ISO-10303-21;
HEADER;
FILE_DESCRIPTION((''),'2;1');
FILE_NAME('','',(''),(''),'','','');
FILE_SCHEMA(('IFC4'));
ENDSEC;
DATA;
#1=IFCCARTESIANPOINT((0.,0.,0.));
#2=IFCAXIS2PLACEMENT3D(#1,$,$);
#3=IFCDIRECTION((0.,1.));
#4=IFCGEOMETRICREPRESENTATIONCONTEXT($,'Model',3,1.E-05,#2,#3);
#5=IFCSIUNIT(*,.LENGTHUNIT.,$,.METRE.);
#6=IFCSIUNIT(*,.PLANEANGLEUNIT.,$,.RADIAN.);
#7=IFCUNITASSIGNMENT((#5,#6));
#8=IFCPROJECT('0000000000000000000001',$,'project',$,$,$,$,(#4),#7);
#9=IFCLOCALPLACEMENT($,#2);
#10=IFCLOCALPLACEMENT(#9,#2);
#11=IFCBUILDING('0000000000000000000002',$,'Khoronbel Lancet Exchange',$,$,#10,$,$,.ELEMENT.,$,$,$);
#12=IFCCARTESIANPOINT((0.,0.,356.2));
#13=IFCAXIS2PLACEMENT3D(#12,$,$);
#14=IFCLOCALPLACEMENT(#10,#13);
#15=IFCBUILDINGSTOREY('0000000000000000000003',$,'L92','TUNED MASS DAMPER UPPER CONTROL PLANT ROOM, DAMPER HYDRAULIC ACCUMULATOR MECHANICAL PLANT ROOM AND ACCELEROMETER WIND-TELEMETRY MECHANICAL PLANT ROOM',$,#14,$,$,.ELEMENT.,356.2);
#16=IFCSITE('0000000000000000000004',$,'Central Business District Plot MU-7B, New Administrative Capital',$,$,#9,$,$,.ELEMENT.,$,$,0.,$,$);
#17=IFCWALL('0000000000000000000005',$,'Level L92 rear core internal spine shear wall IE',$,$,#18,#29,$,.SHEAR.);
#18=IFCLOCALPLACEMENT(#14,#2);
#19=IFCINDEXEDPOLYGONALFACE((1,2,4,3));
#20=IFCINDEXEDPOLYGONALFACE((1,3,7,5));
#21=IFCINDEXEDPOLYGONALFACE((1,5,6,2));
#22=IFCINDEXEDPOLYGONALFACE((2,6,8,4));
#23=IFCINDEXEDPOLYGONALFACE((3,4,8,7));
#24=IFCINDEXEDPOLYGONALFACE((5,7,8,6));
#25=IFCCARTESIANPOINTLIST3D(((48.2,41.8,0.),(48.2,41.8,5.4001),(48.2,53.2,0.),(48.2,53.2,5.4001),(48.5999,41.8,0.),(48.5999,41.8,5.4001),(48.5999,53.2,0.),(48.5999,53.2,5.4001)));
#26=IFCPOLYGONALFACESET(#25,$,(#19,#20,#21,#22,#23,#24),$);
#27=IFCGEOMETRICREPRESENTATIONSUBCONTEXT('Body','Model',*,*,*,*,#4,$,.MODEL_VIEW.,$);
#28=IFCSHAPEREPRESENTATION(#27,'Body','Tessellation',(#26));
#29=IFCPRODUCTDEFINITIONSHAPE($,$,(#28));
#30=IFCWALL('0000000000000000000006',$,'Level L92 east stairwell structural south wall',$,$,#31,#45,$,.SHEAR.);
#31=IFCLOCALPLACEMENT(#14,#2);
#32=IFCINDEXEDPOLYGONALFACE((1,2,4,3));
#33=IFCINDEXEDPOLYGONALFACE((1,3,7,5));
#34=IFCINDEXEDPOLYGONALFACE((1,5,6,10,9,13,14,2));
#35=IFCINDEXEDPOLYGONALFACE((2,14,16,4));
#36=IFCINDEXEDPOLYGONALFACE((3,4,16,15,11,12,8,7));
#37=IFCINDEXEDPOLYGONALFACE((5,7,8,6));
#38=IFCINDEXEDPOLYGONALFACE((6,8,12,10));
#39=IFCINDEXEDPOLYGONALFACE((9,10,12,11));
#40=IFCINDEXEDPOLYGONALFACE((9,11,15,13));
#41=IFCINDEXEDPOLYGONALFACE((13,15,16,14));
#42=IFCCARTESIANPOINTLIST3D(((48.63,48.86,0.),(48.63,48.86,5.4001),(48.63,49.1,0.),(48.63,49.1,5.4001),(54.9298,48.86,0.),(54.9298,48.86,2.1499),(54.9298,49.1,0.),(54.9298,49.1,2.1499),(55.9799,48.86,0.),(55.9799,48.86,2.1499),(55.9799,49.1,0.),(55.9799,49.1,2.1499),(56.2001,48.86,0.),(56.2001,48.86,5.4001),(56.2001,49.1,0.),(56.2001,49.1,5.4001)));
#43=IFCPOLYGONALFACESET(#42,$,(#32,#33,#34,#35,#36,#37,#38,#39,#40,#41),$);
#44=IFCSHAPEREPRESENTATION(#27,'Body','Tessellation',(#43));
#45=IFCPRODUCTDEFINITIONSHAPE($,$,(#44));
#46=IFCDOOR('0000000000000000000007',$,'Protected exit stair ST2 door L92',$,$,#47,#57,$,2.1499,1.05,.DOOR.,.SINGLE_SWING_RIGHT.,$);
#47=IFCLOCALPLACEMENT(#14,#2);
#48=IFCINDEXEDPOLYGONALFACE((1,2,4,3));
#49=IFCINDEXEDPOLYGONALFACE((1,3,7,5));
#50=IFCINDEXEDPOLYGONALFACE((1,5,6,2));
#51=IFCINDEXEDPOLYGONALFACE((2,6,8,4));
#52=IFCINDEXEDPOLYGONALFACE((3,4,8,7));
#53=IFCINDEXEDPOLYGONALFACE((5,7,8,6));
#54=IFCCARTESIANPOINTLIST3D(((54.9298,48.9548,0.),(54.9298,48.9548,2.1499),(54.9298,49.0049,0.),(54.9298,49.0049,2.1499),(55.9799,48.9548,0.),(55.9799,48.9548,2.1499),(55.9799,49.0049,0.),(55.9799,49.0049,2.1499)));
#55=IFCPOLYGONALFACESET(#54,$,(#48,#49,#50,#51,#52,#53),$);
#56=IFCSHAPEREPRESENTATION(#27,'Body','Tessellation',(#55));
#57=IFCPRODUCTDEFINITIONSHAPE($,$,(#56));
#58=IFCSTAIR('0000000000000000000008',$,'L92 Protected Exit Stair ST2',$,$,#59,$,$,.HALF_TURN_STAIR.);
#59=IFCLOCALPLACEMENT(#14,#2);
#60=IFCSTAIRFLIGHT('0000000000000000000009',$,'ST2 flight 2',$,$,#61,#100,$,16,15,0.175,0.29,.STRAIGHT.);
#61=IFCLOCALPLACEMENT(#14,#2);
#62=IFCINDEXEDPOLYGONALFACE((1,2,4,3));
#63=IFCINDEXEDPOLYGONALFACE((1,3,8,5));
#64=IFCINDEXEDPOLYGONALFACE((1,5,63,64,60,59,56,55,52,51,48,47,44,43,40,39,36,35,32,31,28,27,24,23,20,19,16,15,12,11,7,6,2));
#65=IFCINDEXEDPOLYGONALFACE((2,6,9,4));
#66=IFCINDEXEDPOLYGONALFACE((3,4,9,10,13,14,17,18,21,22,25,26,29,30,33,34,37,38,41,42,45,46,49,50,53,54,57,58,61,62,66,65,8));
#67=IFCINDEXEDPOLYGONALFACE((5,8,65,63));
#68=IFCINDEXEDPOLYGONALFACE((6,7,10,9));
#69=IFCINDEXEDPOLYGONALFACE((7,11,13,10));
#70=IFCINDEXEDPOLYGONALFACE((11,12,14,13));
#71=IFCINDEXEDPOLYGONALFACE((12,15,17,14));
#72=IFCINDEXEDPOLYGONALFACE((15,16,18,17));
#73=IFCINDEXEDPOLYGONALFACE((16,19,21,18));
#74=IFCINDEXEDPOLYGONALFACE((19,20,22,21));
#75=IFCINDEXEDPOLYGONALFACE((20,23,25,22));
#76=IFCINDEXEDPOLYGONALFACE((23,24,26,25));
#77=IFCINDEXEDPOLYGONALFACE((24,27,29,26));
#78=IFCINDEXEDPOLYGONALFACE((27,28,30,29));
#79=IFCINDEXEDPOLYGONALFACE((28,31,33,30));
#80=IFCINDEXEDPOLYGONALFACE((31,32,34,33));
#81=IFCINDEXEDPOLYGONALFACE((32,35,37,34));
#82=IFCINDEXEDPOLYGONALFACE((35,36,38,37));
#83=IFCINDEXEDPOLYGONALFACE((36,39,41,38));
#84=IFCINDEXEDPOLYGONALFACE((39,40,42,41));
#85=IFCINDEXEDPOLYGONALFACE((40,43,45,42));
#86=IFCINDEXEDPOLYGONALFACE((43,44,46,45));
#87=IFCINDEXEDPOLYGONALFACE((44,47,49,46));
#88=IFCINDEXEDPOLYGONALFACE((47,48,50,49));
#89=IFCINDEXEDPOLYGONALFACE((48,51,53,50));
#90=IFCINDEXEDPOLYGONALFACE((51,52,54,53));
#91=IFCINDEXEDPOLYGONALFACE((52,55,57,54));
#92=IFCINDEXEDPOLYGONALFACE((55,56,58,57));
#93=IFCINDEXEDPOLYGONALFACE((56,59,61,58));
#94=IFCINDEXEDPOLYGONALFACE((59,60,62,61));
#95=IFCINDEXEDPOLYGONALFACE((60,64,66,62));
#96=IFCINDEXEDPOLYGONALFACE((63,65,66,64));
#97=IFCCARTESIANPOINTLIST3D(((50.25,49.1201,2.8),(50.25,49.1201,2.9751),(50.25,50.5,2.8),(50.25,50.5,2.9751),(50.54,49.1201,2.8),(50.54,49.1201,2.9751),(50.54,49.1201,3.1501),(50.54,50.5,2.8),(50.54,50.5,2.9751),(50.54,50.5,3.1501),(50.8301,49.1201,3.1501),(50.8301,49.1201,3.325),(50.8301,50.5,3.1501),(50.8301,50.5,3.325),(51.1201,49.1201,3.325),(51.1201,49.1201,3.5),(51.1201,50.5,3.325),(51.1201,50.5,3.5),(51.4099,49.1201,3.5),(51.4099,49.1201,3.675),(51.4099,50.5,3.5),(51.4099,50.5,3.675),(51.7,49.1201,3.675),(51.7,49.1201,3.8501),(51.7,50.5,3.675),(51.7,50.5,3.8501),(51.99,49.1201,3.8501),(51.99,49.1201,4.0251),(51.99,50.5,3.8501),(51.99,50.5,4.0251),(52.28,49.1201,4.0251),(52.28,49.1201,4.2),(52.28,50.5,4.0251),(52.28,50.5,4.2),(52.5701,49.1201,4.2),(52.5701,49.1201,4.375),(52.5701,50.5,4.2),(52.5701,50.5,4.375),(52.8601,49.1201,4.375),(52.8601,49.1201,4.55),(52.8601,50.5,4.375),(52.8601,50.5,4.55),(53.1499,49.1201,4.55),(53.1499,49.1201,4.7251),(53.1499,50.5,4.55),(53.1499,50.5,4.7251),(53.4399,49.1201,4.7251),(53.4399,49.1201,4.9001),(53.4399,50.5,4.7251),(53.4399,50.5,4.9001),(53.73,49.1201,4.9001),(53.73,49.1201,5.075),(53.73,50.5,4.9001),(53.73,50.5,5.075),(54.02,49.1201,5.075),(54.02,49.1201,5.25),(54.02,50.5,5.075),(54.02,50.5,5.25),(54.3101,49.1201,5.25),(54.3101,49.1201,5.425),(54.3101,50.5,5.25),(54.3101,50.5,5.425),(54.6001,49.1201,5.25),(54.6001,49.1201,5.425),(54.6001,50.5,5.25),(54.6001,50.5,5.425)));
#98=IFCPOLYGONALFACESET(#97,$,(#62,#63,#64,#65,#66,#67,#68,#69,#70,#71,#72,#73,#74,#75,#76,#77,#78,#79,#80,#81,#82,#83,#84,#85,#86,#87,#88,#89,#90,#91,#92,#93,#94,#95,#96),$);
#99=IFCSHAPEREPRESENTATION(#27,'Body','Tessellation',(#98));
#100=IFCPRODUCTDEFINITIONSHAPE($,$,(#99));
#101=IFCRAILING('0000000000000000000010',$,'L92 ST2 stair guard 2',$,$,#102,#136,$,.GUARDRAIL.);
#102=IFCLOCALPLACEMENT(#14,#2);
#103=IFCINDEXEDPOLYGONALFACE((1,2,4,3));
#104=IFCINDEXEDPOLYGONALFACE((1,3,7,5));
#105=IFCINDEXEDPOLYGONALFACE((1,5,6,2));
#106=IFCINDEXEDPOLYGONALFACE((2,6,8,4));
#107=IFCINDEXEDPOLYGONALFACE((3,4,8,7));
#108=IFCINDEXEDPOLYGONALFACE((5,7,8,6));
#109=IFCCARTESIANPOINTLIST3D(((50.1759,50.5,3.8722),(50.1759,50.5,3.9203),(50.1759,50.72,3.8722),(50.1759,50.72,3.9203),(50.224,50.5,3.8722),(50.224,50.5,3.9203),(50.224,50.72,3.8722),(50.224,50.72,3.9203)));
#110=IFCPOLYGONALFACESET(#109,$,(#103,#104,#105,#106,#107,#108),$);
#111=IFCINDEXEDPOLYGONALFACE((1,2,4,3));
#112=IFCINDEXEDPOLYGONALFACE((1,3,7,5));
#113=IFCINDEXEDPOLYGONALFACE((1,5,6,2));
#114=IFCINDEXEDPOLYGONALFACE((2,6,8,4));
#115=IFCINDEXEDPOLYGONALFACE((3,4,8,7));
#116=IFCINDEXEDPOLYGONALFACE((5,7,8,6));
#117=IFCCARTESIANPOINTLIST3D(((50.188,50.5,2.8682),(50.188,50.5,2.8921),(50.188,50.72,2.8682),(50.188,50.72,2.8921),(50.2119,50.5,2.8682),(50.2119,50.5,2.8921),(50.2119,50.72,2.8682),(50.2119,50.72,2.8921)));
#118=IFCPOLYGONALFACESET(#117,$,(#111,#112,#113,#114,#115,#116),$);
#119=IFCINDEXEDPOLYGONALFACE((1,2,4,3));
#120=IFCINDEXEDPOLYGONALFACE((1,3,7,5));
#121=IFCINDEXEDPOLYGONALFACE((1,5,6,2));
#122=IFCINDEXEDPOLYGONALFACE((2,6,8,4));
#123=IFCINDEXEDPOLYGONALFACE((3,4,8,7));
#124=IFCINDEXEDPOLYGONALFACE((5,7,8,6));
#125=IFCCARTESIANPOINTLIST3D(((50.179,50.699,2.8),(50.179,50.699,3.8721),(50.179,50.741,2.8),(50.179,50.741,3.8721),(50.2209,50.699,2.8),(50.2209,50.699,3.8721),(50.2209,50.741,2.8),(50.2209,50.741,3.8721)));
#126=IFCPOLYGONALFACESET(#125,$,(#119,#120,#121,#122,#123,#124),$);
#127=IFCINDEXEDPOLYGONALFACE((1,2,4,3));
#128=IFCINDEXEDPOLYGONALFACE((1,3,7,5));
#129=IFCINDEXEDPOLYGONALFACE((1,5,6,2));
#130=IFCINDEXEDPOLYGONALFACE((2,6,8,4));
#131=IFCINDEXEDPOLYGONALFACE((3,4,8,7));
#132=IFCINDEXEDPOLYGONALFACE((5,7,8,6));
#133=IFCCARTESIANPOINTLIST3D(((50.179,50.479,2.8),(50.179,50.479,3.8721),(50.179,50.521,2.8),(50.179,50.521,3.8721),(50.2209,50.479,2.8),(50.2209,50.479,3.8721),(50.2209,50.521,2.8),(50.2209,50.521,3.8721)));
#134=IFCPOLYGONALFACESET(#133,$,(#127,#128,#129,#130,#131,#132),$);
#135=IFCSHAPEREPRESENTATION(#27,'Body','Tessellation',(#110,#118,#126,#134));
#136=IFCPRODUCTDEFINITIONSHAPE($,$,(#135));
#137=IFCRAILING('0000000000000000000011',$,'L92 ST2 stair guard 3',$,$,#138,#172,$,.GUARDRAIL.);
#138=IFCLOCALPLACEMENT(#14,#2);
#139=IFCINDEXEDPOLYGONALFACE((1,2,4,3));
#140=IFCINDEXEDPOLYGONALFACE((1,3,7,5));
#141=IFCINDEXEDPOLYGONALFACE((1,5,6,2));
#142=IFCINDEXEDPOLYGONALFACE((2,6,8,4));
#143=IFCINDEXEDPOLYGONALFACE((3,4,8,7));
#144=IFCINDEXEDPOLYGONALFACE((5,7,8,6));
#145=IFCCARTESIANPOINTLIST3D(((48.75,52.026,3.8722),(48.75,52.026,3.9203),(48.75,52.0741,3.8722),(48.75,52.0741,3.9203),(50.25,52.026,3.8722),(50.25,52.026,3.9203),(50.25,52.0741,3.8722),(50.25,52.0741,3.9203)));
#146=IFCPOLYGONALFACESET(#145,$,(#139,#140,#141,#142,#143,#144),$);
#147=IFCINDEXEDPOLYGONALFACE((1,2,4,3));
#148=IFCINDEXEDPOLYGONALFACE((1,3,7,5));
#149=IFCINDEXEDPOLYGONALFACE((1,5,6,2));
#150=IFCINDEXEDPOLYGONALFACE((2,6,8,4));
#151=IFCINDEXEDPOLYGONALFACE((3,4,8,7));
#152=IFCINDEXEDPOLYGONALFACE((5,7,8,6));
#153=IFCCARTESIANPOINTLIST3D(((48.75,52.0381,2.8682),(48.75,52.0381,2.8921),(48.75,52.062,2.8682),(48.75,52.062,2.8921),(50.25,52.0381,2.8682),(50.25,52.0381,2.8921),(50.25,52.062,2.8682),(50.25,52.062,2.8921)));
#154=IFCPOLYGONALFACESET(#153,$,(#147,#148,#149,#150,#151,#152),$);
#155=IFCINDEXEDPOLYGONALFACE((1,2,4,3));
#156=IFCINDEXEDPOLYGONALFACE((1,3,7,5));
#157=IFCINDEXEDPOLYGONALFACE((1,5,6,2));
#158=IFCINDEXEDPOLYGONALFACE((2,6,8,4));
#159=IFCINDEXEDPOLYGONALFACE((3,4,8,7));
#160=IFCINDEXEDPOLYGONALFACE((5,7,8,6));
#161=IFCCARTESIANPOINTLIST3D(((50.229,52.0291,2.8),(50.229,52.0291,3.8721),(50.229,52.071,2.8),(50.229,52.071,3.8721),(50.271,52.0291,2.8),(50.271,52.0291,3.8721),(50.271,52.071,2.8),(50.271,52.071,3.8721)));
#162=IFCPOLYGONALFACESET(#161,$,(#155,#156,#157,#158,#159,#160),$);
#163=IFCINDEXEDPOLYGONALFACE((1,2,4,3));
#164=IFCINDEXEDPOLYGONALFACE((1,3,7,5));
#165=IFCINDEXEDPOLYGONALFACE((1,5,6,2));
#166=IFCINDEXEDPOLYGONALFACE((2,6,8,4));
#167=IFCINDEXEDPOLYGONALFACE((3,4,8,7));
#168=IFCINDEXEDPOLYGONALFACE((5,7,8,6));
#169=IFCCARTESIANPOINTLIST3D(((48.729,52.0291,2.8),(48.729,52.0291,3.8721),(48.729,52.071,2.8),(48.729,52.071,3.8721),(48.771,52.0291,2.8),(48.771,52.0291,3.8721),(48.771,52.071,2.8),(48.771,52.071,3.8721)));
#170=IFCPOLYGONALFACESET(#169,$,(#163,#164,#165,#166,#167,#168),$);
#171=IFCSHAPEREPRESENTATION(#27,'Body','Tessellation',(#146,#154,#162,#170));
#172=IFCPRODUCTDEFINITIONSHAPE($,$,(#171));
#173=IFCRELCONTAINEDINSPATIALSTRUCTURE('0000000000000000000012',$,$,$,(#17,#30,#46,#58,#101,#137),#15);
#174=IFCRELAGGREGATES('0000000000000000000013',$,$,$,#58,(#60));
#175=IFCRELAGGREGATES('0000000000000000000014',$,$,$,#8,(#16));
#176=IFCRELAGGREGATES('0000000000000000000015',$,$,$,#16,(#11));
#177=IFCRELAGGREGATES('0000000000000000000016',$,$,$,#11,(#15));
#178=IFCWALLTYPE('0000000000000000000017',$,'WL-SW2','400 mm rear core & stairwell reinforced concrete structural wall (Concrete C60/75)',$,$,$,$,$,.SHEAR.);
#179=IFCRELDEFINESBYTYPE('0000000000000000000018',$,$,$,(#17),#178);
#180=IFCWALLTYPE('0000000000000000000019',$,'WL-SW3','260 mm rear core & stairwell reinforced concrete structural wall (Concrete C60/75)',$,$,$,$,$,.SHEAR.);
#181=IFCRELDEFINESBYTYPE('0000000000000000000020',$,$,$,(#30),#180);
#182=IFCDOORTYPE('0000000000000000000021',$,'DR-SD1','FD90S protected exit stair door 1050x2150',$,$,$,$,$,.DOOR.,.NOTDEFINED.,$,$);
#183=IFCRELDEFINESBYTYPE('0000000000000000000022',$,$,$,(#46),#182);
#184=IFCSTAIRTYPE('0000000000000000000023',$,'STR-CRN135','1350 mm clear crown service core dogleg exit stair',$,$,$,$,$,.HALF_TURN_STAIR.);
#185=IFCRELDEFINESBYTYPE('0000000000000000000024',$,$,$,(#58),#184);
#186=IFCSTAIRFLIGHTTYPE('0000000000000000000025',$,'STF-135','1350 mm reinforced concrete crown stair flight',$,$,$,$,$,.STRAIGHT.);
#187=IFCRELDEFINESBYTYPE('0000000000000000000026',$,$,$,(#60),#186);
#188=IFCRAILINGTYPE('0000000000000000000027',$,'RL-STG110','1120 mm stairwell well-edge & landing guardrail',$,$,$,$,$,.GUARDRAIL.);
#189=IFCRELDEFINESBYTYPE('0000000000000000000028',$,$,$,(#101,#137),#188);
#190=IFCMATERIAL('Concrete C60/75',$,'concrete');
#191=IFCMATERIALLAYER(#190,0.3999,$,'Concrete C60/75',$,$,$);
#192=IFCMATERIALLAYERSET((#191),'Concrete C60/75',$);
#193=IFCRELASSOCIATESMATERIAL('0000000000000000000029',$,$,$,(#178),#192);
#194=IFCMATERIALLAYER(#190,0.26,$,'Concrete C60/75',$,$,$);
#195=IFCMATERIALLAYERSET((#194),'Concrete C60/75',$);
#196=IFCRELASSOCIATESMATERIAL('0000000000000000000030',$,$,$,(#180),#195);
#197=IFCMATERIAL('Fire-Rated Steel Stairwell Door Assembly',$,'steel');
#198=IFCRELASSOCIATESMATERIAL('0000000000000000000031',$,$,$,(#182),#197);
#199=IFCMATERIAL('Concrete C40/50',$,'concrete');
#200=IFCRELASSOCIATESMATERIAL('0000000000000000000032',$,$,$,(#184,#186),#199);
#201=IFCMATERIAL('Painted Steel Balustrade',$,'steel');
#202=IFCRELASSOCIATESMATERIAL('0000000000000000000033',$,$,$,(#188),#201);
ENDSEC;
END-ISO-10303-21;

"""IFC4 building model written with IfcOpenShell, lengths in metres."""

from ifc_helpers import new_model, si_unit, direction, frame, frame_2d, origin, origin_2d, place, context, subcontext, project, spatial, polyline, rectangle, outline, extrude, material, layer, layer_set, type_object, element, fill, aggregate, save


model = new_model("IFC4")

# Units and contexts
model_context = context("Model", 3, precision=1e-05, world=origin(), true_north=direction((0.0, 1.0)))
body_context = subcontext(model_context, "Body", "Model", "MODEL_VIEW")
ifc_project = project(units=[si_unit("LENGTHUNIT", "METRE"), si_unit("PLANEANGLEUNIT", "RADIAN")], contexts=[model_context])

# Site, building, storey
site_placement = place(None, origin())
site = spatial("IfcSite", under=ifc_project, at=site_placement, Name="Central Business District Plot MU-7B, New Administrative Capital", CompositionType="ELEMENT", RefElevation=0.0)
building_placement = place(site_placement, origin())
building = spatial("IfcBuilding", under=site, at=building_placement, Name="Khoronbel Lancet Exchange", CompositionType="ELEMENT")
storey_placement = place(building_placement, frame((0.0, 0.0, 356.2)))
storey = spatial("IfcBuildingStorey", under=building, at=storey_placement, Name="L92", Description="TUNED MASS DAMPER UPPER CONTROL PLANT ROOM, DAMPER HYDRAULIC ACCUMULATOR MECHANICAL PLANT ROOM AND ACCELEROMETER WIND-TELEMETRY MECHANICAL PLANT ROOM", CompositionType="ELEMENT", Elevation=356.2)

# Wall
ifc_material_1 = material(Name="Concrete C60/75", Category="concrete")
ifc_layer_1 = layer(ifc_material_1, 0.3999, Name="Concrete C60/75")
ifc_layer_set_1 = layer_set([ifc_layer_1], Name="Concrete C60/75")
wall_type_1 = type_object("IfcWallType", Name="WL-SW2", Description="400 mm rear core & stairwell reinforced concrete structural wall (Concrete C60/75)", PredefinedType="SHEAR", material=ifc_layer_set_1)
wall_1_placement = place(storey_placement, frame((48.3999, 41.8, 0.0), z_axis=(0.0, 0.0, 1.0), x_axis=(0.0, 1.0, 0.0)))
element("IfcWall", 1, at=wall_1_placement, inside=storey, type_object=wall_type_1, Name="Level L92 rear core internal spine shear wall IE", PredefinedType="SHEAR", context=body_context, shape_type="SweptSolid", body=[
    extrude(rectangle(XDim=11.3999, YDim=0.3999, at=frame_2d((5.7, 0.0))), origin(), (0.0, 0.0, 1.0), 5.4001),
])

# Wall, opening, door
ifc_layer_2 = layer(ifc_material_1, 0.26, Name="Concrete C60/75")
ifc_layer_set_2 = layer_set([ifc_layer_2], Name="Concrete C60/75")
wall_type_2 = type_object("IfcWallType", Name="WL-SW3", Description="260 mm rear core & stairwell reinforced concrete structural wall (Concrete C60/75)", PredefinedType="SHEAR", material=ifc_layer_set_2)
wall_2_placement = place(storey_placement, frame((48.6299, 48.98, 0.0), z_axis=(0.0, 0.0, 1.0), x_axis=(1.0, 0.0, 0.0)))
wall_2 = element("IfcWall", 2, at=wall_2_placement, inside=storey, type_object=wall_type_2, Name="Level L92 east stairwell structural south wall", PredefinedType="SHEAR", context=body_context, shape_type="SweptSolid", body=[
    extrude(rectangle(XDim=7.5701, YDim=0.24, at=frame_2d((3.7852, 0.0))), origin(), (0.0, 0.0, 1.0), 5.4001),
])
opening_1_placement = place(wall_2_placement, frame((6.3, 0.0, 0.0)))
opening_1 = element("IfcOpeningElement", 3, at=opening_1_placement, cuts=wall_2, PredefinedType="OPENING", context=body_context, shape_type="SweptSolid", body=[
    extrude(rectangle(XDim=1.05, YDim=2.1499, at=frame_2d((0.5249, 1.075))), frame((0.0, 0.1299, 0.0), z_axis=(0.0, -1.0, 0.0), x_axis=(1.0, 0.0, 0.0)), (0.0, 0.0, 1.0), 0.26),
])
ifc_material_2 = material(Name="Fire-Rated Steel Stairwell Door Assembly", Category="steel")
door_type_1 = type_object("IfcDoorType", Name="DR-SD1", Description="FD90S protected exit stair door 1050x2150", OperationType="NOTDEFINED", PredefinedType="DOOR", material=ifc_material_2)
door_1_placement = place(opening_1_placement, origin())
door_1 = element("IfcDoor", 4, at=door_1_placement, inside=storey, type_object=door_type_1, Name="Protected exit stair ST2 door L92", OperationType="SINGLE_SWING_RIGHT", OverallHeight=2.1499, OverallWidth=1.05, PredefinedType="DOOR", context=body_context, shape_type="SweptSolid", body=[
    extrude(rectangle(XDim=1.05, YDim=2.1499, at=frame_2d((0.5249, 1.075))), frame((0.0, 0.0249, 0.0), z_axis=(0.0, -1.0, 0.0), x_axis=(1.0, 0.0, 0.0)), (0.0, 0.0, 1.0), 0.05),
])
fill(opening_1, door_1)

# Stair, stair flight
ifc_material_3 = material(Name="Concrete C40/50", Category="concrete")
stair_type = type_object("IfcStairType", Name="STR-CRN135", Description="1350 mm clear crown service core dogleg exit stair", PredefinedType="HALF_TURN_STAIR", material=ifc_material_3)
stair_placement = place(storey_placement, origin())
stair = element("IfcStair", 5, at=stair_placement, inside=storey, type_object=stair_type, Name="L92 Protected Exit Stair ST2", PredefinedType="HALF_TURN_STAIR")
stair_flight_type = type_object("IfcStairFlightType", Name="STF-135", Description="1350 mm reinforced concrete crown stair flight", PredefinedType="STRAIGHT", material=ifc_material_3)
stair_flight_placement = place(storey_placement, frame((50.25, 49.8101, 2.8), z_axis=(0.0, 0.0, 1.0), x_axis=(1.0, 0.0, 0.0)))
stair_flight = element("IfcStairFlight", 6, at=stair_flight_placement, type_object=stair_flight_type, Name="ST2 flight 2", NumberOfRisers=16, NumberOfTreads=15, PredefinedType="STRAIGHT", RiserHeight=0.175, TreadLength=0.29, context=body_context, shape_type="SweptSolid", body=[
    extrude(outline(polyline([(0.0, 0.0), (0.0, 0.175), (0.29, 0.175), (0.29, 0.3501), (0.5801, 0.3501), (0.5801, 0.5249), (0.8701, 0.5249), (0.8701, 0.7), (1.1599, 0.7), (1.1599, 0.875), (1.45, 0.875), (1.45, 1.05), (1.74, 1.05), (1.74, 1.2251), (2.03, 1.2251), (2.03, 1.3999), (2.3201, 1.3999), (2.3201, 1.575), (2.6101, 1.575), (2.6101, 1.75), (2.8999, 1.75), (2.8999, 1.925), (3.1899, 1.925), (3.1899, 2.1001), (3.48, 2.1001), (3.48, 2.2749), (3.77, 2.2749), (3.77, 2.45), (4.0601, 2.45), (4.0601, 2.625), (4.3501, 2.625), (4.3501, 2.8), (4.3501, 2.45), (0.29, 0.0), (0.0, 0.0)])), frame((0.0, 0.6899, 0.0), z_axis=(0.0, -1.0, 0.0), x_axis=(1.0, 0.0, 0.0)), (0.0, 0.0, 1.0), 1.3799),
])
aggregate(stair, [stair_flight])

# Railings
ifc_material_4 = material(Name="Painted Steel Balustrade", Category="steel")
railing_type_1 = type_object("IfcRailingType", Name="RL-STG110", Description="1120 mm stairwell well-edge & landing guardrail", PredefinedType="GUARDRAIL", material=ifc_material_4)
railing_1_placement = place(storey_placement, frame((50.2, 50.72, 2.8)))
element("IfcRailing", 7, at=railing_1_placement, inside=storey, type_object=railing_type_1, Name="L92 ST2 stair guard 2", PredefinedType="GUARDRAIL", context=body_context, shape_type="SweptSolid", body=[
    extrude(rectangle(XDim=0.0481, YDim=0.0481, at=origin_2d()), frame((0.0, 0.0, 1.0962), z_axis=(0.0, -1.0, 0.0), x_axis=(1.0, 0.0, 0.0)), (0.0, 0.0, 1.0), 0.22),
    extrude(rectangle(XDim=0.0239, YDim=0.0239, at=origin_2d()), frame((0.0, 0.0, 0.0801), z_axis=(0.0, -1.0, 0.0), x_axis=(1.0, 0.0, 0.0)), (0.0, 0.0, 1.0), 0.22),
    extrude(rectangle(XDim=0.042, YDim=0.042, at=origin_2d()), origin(), (0.0, 0.0, 1.0), 1.072),
    extrude(rectangle(XDim=0.042, YDim=0.042, at=origin_2d()), frame((0.0, -0.22, 0.0)), (0.0, 0.0, 1.0), 1.072),
])
railing_2_placement = place(storey_placement, frame((50.25, 52.05, 2.8)))
element("IfcRailing", 8, at=railing_2_placement, inside=storey, type_object=railing_type_1, Name="L92 ST2 stair guard 3", PredefinedType="GUARDRAIL", context=body_context, shape_type="SweptSolid", body=[
    extrude(rectangle(XDim=0.0481, YDim=0.0481, at=origin_2d()), frame((0.0, 0.0, 1.0962), z_axis=(-1.0, 0.0, 0.0), x_axis=(0.0, -1.0, 0.0)), (0.0, 0.0, 1.0), 1.5),
    extrude(rectangle(XDim=0.0239, YDim=0.0239, at=origin_2d()), frame((0.0, 0.0, 0.0801), z_axis=(-1.0, 0.0, 0.0), x_axis=(0.0, -1.0, 0.0)), (0.0, 0.0, 1.0), 1.5),
    extrude(rectangle(XDim=0.042, YDim=0.042, at=origin_2d()), origin(), (0.0, 0.0, 1.0), 1.072),
    extrude(rectangle(XDim=0.042, YDim=0.042, at=origin_2d()), frame((-1.5, 0.0, 0.0)), (0.0, 0.0, 1.0), 1.072),
])

save(model, "model.ifc")
